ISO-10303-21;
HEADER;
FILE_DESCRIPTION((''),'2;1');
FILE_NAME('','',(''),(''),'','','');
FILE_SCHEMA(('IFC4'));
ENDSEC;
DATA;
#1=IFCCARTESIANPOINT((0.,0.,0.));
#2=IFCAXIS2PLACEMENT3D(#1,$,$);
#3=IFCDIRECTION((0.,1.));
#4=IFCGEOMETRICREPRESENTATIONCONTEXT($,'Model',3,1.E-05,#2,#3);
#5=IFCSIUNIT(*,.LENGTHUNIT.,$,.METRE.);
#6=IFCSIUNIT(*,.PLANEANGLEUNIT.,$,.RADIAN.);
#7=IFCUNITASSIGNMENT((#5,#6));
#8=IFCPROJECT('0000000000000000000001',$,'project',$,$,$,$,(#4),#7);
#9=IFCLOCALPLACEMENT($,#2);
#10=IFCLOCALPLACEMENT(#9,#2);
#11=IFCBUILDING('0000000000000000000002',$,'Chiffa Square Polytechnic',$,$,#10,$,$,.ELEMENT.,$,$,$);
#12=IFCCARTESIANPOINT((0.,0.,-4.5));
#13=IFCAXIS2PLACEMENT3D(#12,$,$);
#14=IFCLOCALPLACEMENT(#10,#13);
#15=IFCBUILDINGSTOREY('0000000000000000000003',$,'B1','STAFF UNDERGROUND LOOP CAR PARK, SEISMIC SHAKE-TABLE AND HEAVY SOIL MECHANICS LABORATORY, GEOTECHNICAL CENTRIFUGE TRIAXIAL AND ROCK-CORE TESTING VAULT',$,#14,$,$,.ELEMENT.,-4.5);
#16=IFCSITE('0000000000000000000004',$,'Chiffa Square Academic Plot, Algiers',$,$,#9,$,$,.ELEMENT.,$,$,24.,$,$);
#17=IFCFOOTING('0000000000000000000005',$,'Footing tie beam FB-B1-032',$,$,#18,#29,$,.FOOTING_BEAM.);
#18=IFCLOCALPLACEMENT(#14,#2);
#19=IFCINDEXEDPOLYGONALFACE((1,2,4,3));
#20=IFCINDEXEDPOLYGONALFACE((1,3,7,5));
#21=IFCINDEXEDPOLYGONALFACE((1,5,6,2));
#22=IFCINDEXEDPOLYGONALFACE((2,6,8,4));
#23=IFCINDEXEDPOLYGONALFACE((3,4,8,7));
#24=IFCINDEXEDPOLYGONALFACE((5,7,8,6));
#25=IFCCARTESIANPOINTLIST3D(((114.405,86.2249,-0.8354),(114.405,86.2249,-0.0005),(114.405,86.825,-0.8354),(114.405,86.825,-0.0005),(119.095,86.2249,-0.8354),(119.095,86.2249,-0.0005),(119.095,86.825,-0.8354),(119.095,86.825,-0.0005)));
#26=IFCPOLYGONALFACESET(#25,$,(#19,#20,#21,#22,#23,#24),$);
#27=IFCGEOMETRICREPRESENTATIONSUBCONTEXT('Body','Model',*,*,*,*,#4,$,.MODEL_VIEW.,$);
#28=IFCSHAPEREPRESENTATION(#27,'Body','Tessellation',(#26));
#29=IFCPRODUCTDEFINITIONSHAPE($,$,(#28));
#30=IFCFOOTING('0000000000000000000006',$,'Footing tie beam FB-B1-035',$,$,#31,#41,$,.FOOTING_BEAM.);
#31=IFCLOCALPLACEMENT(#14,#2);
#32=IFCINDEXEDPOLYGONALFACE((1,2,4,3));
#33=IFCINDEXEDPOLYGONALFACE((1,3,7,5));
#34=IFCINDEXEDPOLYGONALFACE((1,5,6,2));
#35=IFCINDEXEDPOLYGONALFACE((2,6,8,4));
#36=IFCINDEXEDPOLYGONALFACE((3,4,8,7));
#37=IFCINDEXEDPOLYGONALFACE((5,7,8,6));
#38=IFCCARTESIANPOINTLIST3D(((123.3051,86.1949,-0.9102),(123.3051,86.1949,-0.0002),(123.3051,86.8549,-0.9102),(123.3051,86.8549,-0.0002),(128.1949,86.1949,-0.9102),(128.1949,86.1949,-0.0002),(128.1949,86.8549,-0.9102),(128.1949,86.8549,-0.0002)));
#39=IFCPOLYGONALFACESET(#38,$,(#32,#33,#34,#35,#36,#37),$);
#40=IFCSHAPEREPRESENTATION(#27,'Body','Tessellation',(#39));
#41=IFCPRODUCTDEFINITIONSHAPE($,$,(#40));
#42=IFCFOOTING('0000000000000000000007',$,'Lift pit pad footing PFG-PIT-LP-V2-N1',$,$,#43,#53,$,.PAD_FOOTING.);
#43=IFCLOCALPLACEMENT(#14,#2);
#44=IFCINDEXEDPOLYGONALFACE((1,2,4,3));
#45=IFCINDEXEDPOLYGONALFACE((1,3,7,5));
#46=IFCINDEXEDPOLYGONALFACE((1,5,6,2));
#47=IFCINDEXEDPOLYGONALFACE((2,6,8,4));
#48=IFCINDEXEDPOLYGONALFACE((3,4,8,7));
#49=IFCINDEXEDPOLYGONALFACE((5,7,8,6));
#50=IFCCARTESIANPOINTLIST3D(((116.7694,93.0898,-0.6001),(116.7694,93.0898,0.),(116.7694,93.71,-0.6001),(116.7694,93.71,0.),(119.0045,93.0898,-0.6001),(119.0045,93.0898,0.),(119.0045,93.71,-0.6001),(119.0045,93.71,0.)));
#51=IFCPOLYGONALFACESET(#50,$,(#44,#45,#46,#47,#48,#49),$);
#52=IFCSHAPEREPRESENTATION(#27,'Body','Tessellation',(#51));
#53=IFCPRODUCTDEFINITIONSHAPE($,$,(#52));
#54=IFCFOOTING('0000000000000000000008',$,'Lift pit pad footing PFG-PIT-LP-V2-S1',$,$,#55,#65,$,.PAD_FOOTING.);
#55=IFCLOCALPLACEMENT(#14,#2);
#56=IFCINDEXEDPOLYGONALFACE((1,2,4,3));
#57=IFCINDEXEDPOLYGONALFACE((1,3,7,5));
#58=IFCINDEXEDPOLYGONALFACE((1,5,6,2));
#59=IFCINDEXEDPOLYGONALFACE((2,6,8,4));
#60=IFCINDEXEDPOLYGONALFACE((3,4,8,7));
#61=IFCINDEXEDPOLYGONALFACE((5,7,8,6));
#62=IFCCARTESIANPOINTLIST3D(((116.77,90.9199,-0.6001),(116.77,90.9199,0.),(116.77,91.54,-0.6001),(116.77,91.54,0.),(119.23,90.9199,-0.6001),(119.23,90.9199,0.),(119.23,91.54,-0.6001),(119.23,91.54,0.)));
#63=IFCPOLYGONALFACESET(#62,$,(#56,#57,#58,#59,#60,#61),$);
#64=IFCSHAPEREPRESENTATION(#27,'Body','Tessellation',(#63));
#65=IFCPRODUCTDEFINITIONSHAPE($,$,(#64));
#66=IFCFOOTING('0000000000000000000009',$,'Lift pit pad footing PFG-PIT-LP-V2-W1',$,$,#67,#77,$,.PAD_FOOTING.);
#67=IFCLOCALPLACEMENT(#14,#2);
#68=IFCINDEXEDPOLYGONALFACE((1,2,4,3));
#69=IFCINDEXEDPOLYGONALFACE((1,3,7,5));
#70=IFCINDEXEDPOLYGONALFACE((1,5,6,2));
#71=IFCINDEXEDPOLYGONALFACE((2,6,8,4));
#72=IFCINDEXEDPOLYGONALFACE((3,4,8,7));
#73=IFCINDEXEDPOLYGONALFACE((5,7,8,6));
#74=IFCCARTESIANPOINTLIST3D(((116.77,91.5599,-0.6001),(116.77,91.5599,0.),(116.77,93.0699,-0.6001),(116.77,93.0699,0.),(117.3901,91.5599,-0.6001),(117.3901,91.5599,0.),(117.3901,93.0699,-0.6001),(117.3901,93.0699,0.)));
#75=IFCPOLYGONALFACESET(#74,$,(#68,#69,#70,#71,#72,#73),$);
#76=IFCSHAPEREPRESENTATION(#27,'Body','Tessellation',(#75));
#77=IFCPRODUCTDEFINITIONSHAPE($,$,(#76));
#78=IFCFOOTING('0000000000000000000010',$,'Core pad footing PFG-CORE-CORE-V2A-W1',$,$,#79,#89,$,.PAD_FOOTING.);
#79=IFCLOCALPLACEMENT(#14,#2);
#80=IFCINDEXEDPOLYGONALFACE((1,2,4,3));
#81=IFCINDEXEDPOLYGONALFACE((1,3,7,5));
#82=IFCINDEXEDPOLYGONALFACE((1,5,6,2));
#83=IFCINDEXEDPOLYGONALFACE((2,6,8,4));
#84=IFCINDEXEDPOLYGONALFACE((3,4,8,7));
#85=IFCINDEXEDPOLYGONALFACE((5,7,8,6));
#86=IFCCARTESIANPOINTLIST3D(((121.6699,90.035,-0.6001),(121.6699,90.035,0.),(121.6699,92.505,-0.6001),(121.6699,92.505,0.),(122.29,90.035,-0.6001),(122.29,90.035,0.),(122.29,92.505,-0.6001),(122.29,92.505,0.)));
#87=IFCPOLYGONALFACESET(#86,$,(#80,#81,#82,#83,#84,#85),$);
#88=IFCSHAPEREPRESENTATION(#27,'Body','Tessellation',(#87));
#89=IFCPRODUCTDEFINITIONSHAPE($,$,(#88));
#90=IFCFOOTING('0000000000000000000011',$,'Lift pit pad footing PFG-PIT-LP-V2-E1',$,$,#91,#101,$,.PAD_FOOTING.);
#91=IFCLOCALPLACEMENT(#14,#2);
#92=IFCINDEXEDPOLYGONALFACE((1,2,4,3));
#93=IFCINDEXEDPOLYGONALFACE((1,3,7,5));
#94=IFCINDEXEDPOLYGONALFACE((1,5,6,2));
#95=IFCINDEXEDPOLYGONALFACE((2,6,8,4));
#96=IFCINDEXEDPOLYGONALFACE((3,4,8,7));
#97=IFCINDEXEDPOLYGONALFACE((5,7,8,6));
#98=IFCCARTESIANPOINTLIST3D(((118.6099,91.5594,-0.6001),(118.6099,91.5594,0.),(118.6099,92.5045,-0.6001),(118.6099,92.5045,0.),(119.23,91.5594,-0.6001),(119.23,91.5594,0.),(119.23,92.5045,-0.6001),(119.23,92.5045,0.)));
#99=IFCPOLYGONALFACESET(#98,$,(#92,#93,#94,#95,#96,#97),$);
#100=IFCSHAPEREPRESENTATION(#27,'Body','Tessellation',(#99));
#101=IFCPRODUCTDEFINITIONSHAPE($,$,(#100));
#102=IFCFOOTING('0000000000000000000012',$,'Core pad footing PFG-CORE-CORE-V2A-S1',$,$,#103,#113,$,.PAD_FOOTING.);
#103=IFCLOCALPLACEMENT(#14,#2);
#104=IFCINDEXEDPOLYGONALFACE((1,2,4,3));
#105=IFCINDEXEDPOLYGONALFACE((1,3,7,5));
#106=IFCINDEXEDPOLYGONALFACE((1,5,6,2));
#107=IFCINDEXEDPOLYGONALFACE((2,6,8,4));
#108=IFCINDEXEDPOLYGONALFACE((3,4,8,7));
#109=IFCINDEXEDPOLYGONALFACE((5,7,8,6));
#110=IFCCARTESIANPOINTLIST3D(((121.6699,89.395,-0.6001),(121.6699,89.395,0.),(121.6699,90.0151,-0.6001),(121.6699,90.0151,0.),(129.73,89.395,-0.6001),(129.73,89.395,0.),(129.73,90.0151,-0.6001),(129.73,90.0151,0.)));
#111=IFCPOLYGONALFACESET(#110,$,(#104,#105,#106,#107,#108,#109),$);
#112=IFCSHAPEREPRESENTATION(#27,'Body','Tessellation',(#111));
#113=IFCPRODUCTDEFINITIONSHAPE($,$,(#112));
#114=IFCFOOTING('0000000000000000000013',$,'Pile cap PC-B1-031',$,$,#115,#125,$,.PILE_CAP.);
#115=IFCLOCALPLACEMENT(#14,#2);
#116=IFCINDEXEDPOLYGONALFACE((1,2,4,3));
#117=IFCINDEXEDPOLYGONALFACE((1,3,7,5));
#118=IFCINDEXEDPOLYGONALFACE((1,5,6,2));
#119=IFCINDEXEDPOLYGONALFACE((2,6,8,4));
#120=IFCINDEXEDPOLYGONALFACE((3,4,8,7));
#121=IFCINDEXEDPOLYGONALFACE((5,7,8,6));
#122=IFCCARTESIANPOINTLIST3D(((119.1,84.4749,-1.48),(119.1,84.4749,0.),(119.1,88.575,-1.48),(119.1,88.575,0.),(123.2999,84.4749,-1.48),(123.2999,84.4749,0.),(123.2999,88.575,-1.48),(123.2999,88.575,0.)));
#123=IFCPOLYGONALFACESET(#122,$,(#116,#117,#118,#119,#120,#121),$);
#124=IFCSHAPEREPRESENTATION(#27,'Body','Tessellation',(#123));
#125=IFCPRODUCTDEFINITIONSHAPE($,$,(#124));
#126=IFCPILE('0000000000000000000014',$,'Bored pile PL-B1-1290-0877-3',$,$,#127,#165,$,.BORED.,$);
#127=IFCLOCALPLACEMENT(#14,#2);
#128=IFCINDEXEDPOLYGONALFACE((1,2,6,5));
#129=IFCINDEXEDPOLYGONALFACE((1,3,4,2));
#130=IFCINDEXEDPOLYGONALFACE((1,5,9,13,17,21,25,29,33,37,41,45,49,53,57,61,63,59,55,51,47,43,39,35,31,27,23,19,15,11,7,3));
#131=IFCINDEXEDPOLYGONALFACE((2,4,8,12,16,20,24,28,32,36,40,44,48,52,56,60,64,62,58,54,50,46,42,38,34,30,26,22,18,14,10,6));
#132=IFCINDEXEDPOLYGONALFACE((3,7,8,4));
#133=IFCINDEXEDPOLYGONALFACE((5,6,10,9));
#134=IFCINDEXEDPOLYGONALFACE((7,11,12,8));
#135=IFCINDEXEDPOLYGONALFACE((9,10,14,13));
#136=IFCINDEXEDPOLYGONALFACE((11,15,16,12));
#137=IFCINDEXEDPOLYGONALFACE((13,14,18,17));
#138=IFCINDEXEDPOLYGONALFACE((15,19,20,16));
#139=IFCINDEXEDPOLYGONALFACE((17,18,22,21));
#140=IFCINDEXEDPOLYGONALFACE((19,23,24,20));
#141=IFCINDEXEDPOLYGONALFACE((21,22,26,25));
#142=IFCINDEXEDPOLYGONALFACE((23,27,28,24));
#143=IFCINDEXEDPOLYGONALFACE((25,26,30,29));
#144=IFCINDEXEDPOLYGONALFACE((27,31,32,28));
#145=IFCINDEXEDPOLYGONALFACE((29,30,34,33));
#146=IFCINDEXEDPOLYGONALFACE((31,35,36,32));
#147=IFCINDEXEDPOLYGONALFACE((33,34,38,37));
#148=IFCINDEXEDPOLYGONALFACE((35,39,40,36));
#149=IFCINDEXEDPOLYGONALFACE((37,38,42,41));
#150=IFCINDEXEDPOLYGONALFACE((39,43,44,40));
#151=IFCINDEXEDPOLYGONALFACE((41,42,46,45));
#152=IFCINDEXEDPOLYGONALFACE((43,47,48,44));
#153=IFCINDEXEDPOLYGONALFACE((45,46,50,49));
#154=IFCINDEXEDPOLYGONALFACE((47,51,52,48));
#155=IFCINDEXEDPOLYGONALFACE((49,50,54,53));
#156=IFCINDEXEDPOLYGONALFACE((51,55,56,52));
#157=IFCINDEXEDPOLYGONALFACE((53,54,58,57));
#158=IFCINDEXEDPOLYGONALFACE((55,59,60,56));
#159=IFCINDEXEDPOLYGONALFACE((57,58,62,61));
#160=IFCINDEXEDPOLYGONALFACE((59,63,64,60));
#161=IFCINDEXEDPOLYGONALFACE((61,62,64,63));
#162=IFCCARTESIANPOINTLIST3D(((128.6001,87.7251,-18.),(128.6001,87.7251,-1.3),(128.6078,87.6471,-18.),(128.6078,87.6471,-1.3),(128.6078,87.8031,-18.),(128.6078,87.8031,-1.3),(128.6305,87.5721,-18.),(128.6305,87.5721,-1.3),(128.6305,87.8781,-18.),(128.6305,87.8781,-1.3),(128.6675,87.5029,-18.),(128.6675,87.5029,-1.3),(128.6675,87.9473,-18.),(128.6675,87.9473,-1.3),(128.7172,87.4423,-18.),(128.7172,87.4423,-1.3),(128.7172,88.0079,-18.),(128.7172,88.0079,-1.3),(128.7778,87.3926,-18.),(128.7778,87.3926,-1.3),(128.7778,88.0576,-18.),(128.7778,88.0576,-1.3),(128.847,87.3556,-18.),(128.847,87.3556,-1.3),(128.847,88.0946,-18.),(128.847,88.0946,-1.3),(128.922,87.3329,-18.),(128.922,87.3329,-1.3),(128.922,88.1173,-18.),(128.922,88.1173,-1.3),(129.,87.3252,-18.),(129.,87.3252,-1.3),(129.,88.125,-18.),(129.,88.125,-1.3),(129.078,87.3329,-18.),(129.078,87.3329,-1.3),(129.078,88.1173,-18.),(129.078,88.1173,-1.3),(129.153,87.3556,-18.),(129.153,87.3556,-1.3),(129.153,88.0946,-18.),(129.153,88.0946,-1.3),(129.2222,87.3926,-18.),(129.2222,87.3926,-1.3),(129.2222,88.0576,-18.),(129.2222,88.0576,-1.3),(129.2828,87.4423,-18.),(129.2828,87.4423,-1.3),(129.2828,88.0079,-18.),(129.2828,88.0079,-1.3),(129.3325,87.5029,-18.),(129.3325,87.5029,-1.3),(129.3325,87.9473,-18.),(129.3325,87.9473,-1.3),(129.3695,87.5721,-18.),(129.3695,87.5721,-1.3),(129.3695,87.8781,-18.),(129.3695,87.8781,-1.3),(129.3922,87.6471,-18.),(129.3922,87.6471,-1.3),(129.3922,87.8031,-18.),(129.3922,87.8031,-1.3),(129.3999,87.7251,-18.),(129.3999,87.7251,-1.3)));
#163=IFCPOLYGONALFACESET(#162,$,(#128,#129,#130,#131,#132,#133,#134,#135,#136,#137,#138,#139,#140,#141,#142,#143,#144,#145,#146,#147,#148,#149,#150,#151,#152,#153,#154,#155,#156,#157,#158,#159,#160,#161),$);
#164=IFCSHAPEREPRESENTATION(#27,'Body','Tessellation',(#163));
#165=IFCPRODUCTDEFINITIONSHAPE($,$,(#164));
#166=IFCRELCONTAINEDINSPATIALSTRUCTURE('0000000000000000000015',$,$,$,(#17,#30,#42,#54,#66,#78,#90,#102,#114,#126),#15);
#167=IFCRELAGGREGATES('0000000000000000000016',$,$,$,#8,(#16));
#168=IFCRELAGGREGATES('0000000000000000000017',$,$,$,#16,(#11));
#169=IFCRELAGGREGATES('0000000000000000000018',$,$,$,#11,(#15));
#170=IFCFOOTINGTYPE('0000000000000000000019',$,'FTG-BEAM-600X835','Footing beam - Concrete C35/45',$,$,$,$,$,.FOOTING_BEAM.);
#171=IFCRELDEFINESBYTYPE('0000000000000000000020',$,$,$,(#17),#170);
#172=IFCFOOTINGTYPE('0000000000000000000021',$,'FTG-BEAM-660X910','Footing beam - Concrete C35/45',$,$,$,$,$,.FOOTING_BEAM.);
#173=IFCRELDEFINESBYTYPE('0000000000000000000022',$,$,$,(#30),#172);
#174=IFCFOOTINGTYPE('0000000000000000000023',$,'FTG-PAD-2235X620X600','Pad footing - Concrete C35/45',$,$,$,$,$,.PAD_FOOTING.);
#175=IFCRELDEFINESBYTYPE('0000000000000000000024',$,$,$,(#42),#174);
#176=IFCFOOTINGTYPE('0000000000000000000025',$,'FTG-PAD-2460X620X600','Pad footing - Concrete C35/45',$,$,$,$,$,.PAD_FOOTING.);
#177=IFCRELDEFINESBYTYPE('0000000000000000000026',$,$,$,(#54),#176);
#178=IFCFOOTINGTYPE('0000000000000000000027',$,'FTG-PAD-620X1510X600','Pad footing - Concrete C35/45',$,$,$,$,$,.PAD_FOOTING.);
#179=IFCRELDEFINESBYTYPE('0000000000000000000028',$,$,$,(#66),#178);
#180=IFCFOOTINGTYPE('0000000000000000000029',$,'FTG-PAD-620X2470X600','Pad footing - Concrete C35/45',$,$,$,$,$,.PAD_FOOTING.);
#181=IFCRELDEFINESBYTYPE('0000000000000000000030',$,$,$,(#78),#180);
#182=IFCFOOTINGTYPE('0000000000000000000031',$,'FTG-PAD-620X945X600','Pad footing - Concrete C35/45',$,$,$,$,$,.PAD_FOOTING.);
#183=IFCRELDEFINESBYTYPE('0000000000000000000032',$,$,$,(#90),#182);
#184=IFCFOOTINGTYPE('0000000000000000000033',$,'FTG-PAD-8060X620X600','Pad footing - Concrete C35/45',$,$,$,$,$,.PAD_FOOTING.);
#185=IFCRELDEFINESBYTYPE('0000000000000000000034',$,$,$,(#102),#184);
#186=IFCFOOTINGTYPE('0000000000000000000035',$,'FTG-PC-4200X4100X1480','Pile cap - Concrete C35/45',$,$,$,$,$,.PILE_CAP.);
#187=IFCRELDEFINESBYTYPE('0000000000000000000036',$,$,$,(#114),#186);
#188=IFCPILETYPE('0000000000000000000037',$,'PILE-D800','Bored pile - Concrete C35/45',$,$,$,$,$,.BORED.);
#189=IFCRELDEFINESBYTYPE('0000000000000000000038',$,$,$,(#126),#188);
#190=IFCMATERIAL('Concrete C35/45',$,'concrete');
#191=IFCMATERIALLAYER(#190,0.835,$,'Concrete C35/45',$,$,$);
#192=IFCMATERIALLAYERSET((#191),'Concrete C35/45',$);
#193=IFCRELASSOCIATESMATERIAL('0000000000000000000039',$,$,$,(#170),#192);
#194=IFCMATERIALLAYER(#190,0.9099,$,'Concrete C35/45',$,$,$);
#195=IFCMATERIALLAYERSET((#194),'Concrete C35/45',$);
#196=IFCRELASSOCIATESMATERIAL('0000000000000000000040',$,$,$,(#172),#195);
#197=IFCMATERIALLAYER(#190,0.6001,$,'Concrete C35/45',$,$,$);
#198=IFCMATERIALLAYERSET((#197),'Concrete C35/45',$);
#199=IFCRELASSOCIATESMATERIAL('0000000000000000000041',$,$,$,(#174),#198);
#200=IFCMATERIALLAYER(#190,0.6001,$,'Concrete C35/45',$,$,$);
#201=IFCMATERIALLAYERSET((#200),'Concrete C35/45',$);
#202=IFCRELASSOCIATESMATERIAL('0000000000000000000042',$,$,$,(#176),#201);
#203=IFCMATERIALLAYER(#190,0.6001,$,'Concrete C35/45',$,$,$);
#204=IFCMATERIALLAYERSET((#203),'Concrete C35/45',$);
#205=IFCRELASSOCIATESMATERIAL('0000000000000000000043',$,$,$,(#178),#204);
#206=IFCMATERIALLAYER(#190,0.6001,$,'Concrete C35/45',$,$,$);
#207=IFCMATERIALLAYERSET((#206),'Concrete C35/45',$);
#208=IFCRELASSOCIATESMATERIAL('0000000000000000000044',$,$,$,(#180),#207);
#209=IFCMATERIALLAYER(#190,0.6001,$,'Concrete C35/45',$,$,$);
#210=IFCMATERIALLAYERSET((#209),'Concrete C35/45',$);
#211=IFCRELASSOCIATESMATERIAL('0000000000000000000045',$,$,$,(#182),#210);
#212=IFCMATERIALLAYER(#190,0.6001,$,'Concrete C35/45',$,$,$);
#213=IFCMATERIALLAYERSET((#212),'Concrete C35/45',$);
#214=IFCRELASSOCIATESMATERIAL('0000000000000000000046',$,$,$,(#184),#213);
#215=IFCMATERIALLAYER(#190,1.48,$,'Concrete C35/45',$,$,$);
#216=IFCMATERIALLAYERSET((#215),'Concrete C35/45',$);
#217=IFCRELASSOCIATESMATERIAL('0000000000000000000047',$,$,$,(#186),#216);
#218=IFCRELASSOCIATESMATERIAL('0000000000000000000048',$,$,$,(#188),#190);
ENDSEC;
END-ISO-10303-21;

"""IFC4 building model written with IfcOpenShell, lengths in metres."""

from ifc_helpers import new_model, si_unit, direction, frame, origin, origin_2d, place, context, subcontext, project, spatial, rectangle, circle, extrude, material, layer, layer_set, material_profile, profile_set, type_object, element, save


model = new_model("IFC4")

# Units and contexts
model_context = context("Model", 3, precision=1e-05, world=origin(), true_north=direction((0.0, 1.0)))
body_context = subcontext(model_context, "Body", "Model", "MODEL_VIEW")
ifc_project = project(units=[si_unit("LENGTHUNIT", "METRE"), si_unit("PLANEANGLEUNIT", "RADIAN")], contexts=[model_context])

# Site, building, storey
site_placement = place(None, origin())
site = spatial("IfcSite", under=ifc_project, at=site_placement, Name="Chiffa Square Academic Plot, Algiers", CompositionType="ELEMENT", RefElevation=24.0)
building_placement = place(site_placement, origin())
building = spatial("IfcBuilding", under=site, at=building_placement, Name="Chiffa Square Polytechnic", CompositionType="ELEMENT")
storey_placement = place(building_placement, frame((0.0, 0.0, -4.5)))
storey = spatial("IfcBuildingStorey", under=building, at=storey_placement, Name="B1", Description="STAFF UNDERGROUND LOOP CAR PARK, SEISMIC SHAKE-TABLE AND HEAVY SOIL MECHANICS LABORATORY, GEOTECHNICAL CENTRIFUGE TRIAXIAL AND ROCK-CORE TESTING VAULT", CompositionType="ELEMENT", Elevation=-4.5)

# Footings
ifc_material_1 = material(Name="Concrete C35/45", Category="concrete")
ifc_layer_1 = layer(ifc_material_1, 0.835, Name="Concrete C35/45")
ifc_layer_set_1 = layer_set([ifc_layer_1], Name="Concrete C35/45")
footing_type_1 = type_object("IfcFootingType", Name="FTG-BEAM-600X835", Description="Footing beam - Concrete C35/45", PredefinedType="FOOTING_BEAM", material=ifc_layer_set_1)
footing_1_placement = place(storey_placement, frame((116.75, 86.5249, -0.8354), z_axis=(0.0, 0.0, 1.0), x_axis=(1.0, 0.0, 0.0)))
element("IfcFooting", 1, at=footing_1_placement, inside=storey, type_object=footing_type_1, Name="Footing tie beam FB-B1-032", PredefinedType="FOOTING_BEAM", context=body_context, shape_type="SweptSolid", body=[
    extrude(rectangle(XDim=4.6899, YDim=0.6001, at=origin_2d()), origin(), (0.0, 0.0, 1.0), 0.835),
])
ifc_layer_2 = layer(ifc_material_1, 0.9099, Name="Concrete C35/45")
ifc_layer_set_2 = layer_set([ifc_layer_2], Name="Concrete C35/45")
footing_type_2 = type_object("IfcFootingType", Name="FTG-BEAM-660X910", Description="Footing beam - Concrete C35/45", PredefinedType="FOOTING_BEAM", material=ifc_layer_set_2)
footing_2_placement = place(storey_placement, frame((125.75, 86.5249, -0.9102), z_axis=(0.0, 0.0, 1.0), x_axis=(1.0, 0.0, 0.0)))
element("IfcFooting", 2, at=footing_2_placement, inside=storey, type_object=footing_type_2, Name="Footing tie beam FB-B1-035", PredefinedType="FOOTING_BEAM", context=body_context, shape_type="SweptSolid", body=[
    extrude(rectangle(XDim=4.8899, YDim=0.6599, at=origin_2d()), origin(), (0.0, 0.0, 1.0), 0.9099),
])
ifc_layer_3 = layer(ifc_material_1, 0.6001, Name="Concrete C35/45")
ifc_layer_set_3 = layer_set([ifc_layer_3], Name="Concrete C35/45")
footing_type_3 = type_object("IfcFootingType", Name="FTG-PAD-2235X620X600", Description="Pad footing - Concrete C35/45", PredefinedType="PAD_FOOTING", material=ifc_layer_set_3)
footing_3_placement = place(storey_placement, frame((117.887, 93.3999, -0.6001), z_axis=(0.0, 0.0, 1.0), x_axis=(1.0, 0.0, 0.0)))
element("IfcFooting", 3, at=footing_3_placement, inside=storey, type_object=footing_type_3, Name="Lift pit pad footing PFG-PIT-LP-V2-N1", PredefinedType="PAD_FOOTING", context=body_context, shape_type="SweptSolid", body=[
    extrude(rectangle(XDim=2.2351, YDim=0.6201, at=origin_2d()), origin(), (0.0, 0.0, 1.0), 0.6001),
])
ifc_layer_4 = layer(ifc_material_1, 0.6001, Name="Concrete C35/45")
ifc_layer_set_4 = layer_set([ifc_layer_4], Name="Concrete C35/45")
footing_type_4 = type_object("IfcFootingType", Name="FTG-PAD-2460X620X600", Description="Pad footing - Concrete C35/45", PredefinedType="PAD_FOOTING", material=ifc_layer_set_4)
footing_4_placement = place(storey_placement, frame((118.0, 91.23, -0.6001), z_axis=(0.0, 0.0, 1.0), x_axis=(1.0, 0.0, 0.0)))
element("IfcFooting", 4, at=footing_4_placement, inside=storey, type_object=footing_type_4, Name="Lift pit pad footing PFG-PIT-LP-V2-S1", PredefinedType="PAD_FOOTING", context=body_context, shape_type="SweptSolid", body=[
    extrude(rectangle(XDim=2.46, YDim=0.6201, at=origin_2d()), origin(), (0.0, 0.0, 1.0), 0.6001),
])
ifc_layer_5 = layer(ifc_material_1, 0.6001, Name="Concrete C35/45")
ifc_layer_set_5 = layer_set([ifc_layer_5], Name="Concrete C35/45")
footing_type_5 = type_object("IfcFootingType", Name="FTG-PAD-620X1510X600", Description="Pad footing - Concrete C35/45", PredefinedType="PAD_FOOTING", material=ifc_layer_set_5)
footing_5_placement = place(storey_placement, frame((117.0801, 92.3149, -0.6001), z_axis=(0.0, 0.0, 1.0), x_axis=(1.0, 0.0, 0.0)))
element("IfcFooting", 5, at=footing_5_placement, inside=storey, type_object=footing_type_5, Name="Lift pit pad footing PFG-PIT-LP-V2-W1", PredefinedType="PAD_FOOTING", context=body_context, shape_type="SweptSolid", body=[
    extrude(rectangle(XDim=0.6201, YDim=1.51, at=origin_2d()), origin(), (0.0, 0.0, 1.0), 0.6001),
])
ifc_layer_6 = layer(ifc_material_1, 0.6001, Name="Concrete C35/45")
ifc_layer_set_6 = layer_set([ifc_layer_6], Name="Concrete C35/45")
footing_type_6 = type_object("IfcFootingType", Name="FTG-PAD-620X2470X600", Description="Pad footing - Concrete C35/45", PredefinedType="PAD_FOOTING", material=ifc_layer_set_6)
footing_6_placement = place(storey_placement, frame((121.98, 91.27, -0.6001), z_axis=(0.0, 0.0, 1.0), x_axis=(1.0, 0.0, 0.0)))
element("IfcFooting", 6, at=footing_6_placement, inside=storey, type_object=footing_type_6, Name="Core pad footing PFG-CORE-CORE-V2A-W1", PredefinedType="PAD_FOOTING", context=body_context, shape_type="SweptSolid", body=[
    extrude(rectangle(XDim=0.6201, YDim=2.47, at=origin_2d()), origin(), (0.0, 0.0, 1.0), 0.6001),
])
ifc_layer_7 = layer(ifc_material_1, 0.6001, Name="Concrete C35/45")
ifc_layer_set_7 = layer_set([ifc_layer_7], Name="Concrete C35/45")
footing_type_7 = type_object("IfcFootingType", Name="FTG-PAD-620X945X600", Description="Pad footing - Concrete C35/45", PredefinedType="PAD_FOOTING", material=ifc_layer_set_7)
footing_7_placement = place(storey_placement, frame((118.9199, 92.032, -0.6001), z_axis=(0.0, 0.0, 1.0), x_axis=(1.0, 0.0, 0.0)))
element("IfcFooting", 7, at=footing_7_placement, inside=storey, type_object=footing_type_7, Name="Lift pit pad footing PFG-PIT-LP-V2-E1", PredefinedType="PAD_FOOTING", context=body_context, shape_type="SweptSolid", body=[
    extrude(rectangle(XDim=0.6201, YDim=0.9451, at=origin_2d()), origin(), (0.0, 0.0, 1.0), 0.6001),
])
ifc_layer_8 = layer(ifc_material_1, 0.6001, Name="Concrete C35/45")
ifc_layer_set_8 = layer_set([ifc_layer_8], Name="Concrete C35/45")
footing_type_8 = type_object("IfcFootingType", Name="FTG-PAD-8060X620X600", Description="Pad footing - Concrete C35/45", PredefinedType="PAD_FOOTING", material=ifc_layer_set_8)
footing_8_placement = place(storey_placement, frame((125.7, 89.7051, -0.6001), z_axis=(0.0, 0.0, 1.0), x_axis=(1.0, 0.0, 0.0)))
element("IfcFooting", 8, at=footing_8_placement, inside=storey, type_object=footing_type_8, Name="Core pad footing PFG-CORE-CORE-V2A-S1", PredefinedType="PAD_FOOTING", context=body_context, shape_type="SweptSolid", body=[
    extrude(rectangle(XDim=8.0601, YDim=0.6201, at=origin_2d()), origin(), (0.0, 0.0, 1.0), 0.6001),
])
ifc_layer_9 = layer(ifc_material_1, 1.48, Name="Concrete C35/45")
ifc_layer_set_9 = layer_set([ifc_layer_9], Name="Concrete C35/45")
footing_type_9 = type_object("IfcFootingType", Name="FTG-PC-4200X4100X1480", Description="Pile cap - Concrete C35/45", PredefinedType="PILE_CAP", material=ifc_layer_set_9)
footing_9_placement = place(storey_placement, frame((121.2, 86.5249, -1.48), z_axis=(0.0, 0.0, 1.0), x_axis=(1.0, 0.0, 0.0)))
element("IfcFooting", 9, at=footing_9_placement, inside=storey, type_object=footing_type_9, Name="Pile cap PC-B1-031", PredefinedType="PILE_CAP", context=body_context, shape_type="SweptSolid", body=[
    extrude(rectangle(XDim=4.2, YDim=4.1001, at=origin_2d()), origin(), (0.0, 0.0, 1.0), 1.48),
])

# Pile
ifc_material_profile_1 = material_profile(ifc_material_1, circle(Radius=0.3999, at=origin_2d()), Name="PILE D800")
ifc_profile_set_1 = profile_set([ifc_material_profile_1], Name="Concrete C35/45")
pile_type_1 = type_object("IfcPileType", Name="PILE-D800", Description="Bored pile - Concrete C35/45", PredefinedType="BORED", material=ifc_profile_set_1)
pile_1_placement = place(storey_placement, frame((129.0, 87.7251, -1.3), z_axis=(0.0, 0.0, -1.0), x_axis=(1.0, 0.0, 0.0)))
element("IfcPile", 10, at=pile_1_placement, inside=storey, type_object=pile_type_1, Name="Bored pile PL-B1-1290-0877-3", PredefinedType="BORED", context=body_context, shape_type="SweptSolid", body=[
    extrude(circle(Radius=0.3999, at=origin_2d()), origin(), (0.0, 0.0, 1.0), 16.7),
])

save(model, "model.ifc")
